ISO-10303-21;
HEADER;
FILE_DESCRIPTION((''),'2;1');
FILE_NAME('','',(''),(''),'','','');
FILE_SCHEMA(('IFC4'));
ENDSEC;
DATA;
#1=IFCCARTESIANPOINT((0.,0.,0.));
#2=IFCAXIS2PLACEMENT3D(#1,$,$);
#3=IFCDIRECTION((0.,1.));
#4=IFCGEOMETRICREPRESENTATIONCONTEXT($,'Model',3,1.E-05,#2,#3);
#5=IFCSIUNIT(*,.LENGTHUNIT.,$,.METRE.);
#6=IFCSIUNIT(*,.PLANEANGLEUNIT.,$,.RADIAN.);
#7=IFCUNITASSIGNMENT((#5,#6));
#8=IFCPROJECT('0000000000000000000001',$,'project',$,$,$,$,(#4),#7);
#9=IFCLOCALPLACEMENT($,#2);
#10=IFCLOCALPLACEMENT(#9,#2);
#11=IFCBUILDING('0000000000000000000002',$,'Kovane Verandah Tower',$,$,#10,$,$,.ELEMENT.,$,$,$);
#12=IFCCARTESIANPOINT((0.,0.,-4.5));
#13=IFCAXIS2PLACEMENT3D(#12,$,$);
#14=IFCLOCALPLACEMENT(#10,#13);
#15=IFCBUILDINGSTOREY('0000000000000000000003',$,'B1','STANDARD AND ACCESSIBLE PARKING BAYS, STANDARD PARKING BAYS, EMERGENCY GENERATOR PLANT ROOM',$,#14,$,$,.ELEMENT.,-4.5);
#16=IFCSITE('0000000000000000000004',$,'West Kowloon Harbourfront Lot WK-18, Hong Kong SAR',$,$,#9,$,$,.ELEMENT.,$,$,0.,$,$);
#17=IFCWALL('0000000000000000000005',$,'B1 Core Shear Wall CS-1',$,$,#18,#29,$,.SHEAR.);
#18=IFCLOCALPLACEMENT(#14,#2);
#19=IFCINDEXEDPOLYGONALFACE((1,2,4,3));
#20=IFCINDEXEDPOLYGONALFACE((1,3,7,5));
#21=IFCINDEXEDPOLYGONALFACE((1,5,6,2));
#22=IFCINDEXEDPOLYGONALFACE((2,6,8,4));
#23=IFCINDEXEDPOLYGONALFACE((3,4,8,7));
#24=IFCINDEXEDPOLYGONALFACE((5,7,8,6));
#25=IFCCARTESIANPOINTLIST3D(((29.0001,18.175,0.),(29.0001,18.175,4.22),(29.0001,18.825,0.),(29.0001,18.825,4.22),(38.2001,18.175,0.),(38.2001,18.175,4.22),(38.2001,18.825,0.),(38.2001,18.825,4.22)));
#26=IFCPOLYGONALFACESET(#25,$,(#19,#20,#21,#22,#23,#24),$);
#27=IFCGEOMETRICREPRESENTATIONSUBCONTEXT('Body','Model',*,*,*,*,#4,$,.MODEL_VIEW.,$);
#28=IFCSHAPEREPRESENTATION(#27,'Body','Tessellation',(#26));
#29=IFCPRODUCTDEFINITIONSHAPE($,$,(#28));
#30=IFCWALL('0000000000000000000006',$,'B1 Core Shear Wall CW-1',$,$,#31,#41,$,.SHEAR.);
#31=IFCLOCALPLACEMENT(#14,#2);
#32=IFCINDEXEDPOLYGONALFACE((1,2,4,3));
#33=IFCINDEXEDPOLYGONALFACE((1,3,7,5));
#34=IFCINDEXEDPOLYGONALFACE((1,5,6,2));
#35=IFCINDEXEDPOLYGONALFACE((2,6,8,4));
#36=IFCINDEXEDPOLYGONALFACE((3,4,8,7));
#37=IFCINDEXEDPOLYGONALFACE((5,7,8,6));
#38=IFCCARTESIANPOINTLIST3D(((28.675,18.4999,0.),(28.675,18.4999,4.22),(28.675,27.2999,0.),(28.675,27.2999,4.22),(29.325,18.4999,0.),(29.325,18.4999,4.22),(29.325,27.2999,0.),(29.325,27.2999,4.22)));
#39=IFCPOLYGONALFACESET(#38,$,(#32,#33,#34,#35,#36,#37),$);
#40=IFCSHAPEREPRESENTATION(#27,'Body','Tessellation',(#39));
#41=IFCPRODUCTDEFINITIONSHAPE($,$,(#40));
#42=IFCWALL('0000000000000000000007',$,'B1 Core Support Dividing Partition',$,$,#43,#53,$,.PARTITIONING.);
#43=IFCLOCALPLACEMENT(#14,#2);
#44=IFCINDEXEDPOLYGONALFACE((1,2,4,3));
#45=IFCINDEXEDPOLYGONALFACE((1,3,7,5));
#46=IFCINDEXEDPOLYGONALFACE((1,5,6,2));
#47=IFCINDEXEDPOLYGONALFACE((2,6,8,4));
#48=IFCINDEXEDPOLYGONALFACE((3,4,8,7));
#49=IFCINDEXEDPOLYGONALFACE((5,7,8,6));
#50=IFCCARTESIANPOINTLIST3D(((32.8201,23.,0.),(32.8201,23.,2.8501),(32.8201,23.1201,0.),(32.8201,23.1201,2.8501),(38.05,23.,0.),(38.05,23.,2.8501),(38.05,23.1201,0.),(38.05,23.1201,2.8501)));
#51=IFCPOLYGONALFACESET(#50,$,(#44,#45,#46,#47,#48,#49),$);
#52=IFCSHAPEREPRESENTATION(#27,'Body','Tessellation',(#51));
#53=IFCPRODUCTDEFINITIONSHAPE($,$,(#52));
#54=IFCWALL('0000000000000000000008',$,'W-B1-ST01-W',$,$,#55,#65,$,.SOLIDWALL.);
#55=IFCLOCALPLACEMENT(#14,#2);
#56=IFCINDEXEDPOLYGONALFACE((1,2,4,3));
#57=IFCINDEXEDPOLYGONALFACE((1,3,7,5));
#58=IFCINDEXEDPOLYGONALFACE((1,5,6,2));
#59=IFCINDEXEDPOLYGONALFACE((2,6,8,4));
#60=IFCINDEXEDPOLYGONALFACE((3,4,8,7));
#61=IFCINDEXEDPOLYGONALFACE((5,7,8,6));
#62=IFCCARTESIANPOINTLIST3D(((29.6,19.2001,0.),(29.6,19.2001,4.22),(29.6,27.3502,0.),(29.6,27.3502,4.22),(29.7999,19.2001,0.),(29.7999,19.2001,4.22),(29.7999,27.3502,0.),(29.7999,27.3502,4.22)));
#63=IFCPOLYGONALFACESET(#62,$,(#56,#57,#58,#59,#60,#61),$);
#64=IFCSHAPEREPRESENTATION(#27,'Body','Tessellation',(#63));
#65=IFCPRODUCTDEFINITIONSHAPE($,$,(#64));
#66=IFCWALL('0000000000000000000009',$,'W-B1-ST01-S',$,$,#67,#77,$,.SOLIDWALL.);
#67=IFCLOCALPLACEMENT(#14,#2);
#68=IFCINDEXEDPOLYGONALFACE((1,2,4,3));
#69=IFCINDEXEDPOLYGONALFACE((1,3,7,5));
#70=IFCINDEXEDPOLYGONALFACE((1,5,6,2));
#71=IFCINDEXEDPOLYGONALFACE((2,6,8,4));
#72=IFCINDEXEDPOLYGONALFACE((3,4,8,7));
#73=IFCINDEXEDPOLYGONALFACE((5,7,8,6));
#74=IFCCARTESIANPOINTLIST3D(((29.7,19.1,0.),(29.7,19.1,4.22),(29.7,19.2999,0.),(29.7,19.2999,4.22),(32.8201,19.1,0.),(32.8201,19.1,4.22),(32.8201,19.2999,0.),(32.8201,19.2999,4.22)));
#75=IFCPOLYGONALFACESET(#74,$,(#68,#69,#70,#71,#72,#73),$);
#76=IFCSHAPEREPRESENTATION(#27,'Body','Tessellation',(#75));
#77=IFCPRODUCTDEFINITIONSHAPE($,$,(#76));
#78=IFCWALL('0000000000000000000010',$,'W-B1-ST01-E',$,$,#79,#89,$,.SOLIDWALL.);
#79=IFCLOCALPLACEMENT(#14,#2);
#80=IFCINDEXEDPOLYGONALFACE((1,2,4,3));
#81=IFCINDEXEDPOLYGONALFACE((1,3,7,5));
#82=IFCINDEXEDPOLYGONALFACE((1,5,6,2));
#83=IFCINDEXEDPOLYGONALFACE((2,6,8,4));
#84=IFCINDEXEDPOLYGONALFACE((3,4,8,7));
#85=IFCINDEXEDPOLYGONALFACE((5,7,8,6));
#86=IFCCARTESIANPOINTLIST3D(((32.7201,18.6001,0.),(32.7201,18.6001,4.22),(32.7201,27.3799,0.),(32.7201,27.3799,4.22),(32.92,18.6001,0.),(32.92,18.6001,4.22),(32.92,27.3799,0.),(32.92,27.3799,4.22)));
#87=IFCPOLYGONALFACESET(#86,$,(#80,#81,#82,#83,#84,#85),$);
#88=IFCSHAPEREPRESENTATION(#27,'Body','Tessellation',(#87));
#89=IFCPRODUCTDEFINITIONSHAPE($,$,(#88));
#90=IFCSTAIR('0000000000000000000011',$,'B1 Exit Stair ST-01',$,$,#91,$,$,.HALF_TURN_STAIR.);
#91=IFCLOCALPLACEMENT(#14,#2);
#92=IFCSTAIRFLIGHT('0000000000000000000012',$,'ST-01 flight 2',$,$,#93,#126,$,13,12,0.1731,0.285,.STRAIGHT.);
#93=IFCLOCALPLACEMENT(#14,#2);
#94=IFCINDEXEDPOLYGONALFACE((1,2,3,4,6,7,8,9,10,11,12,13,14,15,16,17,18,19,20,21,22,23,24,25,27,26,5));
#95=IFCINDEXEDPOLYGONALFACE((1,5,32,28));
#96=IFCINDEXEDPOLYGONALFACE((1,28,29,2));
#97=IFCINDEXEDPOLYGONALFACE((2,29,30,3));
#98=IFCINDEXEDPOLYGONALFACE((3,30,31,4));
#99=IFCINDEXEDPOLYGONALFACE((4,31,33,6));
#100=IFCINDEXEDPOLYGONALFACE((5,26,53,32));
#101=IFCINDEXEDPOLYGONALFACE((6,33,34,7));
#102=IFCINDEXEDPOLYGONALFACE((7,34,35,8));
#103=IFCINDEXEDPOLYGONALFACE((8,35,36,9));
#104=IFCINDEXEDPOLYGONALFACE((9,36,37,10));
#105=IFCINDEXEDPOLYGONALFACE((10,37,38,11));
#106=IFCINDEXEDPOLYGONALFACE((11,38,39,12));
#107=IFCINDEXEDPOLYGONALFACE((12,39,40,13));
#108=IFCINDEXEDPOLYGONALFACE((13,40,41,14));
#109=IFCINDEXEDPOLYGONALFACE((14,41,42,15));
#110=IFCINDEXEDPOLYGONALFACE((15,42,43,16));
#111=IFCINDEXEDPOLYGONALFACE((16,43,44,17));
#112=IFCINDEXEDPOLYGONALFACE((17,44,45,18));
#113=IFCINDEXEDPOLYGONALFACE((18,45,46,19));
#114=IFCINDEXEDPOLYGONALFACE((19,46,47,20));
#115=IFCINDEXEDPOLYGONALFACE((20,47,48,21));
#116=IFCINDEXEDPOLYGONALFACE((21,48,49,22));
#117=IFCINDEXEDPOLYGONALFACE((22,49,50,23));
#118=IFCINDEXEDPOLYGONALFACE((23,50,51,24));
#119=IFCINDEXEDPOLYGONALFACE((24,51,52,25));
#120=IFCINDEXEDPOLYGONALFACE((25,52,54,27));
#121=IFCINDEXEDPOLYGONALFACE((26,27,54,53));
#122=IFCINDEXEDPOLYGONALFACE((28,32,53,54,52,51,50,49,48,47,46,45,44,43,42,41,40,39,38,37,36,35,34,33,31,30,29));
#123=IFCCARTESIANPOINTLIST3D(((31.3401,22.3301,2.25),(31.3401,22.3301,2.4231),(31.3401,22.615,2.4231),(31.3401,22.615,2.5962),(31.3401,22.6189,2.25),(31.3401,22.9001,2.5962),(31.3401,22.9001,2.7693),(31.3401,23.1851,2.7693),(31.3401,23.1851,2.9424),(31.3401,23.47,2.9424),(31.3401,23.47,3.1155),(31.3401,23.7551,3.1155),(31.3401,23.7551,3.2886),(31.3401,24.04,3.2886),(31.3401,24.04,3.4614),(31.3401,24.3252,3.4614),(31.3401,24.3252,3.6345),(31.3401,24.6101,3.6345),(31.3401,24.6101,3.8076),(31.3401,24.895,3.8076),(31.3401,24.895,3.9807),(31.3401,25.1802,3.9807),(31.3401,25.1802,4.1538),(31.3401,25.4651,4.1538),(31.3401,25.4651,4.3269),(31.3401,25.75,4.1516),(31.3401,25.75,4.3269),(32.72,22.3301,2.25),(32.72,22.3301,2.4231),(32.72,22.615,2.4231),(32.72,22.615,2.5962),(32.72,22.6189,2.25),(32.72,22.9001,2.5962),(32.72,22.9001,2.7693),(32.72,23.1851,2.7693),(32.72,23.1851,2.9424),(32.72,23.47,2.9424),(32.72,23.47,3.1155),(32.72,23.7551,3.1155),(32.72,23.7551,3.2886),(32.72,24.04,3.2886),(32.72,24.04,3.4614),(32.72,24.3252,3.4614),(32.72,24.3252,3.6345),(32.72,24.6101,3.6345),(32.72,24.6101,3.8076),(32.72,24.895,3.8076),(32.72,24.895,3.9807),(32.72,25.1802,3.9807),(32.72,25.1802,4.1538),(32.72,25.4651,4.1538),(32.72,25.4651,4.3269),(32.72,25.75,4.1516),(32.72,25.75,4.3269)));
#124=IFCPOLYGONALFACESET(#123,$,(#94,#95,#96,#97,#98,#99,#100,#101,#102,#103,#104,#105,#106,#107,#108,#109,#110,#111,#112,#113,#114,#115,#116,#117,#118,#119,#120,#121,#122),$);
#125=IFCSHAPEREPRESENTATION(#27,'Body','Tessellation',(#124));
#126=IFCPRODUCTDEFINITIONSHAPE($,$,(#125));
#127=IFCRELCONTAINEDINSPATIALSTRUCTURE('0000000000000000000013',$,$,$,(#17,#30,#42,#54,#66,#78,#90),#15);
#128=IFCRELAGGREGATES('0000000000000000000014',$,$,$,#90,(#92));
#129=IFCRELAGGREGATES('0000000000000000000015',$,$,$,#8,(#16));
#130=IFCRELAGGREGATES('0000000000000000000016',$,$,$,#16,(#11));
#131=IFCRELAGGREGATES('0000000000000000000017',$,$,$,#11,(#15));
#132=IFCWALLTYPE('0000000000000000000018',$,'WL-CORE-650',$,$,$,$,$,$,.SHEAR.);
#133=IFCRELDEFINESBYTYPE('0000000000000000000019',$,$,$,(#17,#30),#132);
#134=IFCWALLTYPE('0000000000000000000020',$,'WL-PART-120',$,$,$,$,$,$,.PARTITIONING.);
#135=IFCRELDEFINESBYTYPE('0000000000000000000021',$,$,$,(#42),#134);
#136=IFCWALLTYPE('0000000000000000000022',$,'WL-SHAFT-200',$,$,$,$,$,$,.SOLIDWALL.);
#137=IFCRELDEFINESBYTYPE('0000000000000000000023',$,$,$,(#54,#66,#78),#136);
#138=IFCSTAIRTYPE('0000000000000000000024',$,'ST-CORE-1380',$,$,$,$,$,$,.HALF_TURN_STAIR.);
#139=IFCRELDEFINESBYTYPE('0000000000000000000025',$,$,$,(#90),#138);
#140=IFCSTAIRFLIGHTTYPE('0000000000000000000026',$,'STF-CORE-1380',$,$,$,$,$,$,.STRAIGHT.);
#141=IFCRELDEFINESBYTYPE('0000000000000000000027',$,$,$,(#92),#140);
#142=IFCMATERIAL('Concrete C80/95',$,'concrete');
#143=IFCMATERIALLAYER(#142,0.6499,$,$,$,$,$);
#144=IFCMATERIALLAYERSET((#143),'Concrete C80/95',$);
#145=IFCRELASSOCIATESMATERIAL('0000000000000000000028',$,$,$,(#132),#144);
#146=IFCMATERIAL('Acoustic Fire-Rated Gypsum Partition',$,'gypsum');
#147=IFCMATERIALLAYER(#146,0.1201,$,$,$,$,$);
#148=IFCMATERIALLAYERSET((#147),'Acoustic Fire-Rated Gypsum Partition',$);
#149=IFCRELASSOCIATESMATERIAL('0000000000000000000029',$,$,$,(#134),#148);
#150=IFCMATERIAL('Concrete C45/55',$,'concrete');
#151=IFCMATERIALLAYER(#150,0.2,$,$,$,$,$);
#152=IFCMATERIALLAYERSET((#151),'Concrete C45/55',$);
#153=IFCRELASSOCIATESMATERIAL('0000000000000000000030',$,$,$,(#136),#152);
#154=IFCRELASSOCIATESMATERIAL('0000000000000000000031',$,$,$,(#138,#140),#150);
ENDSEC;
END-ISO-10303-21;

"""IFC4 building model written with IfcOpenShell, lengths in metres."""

from ifc_helpers import new_model, si_unit, direction, frame, frame_2d, origin, place, context, subcontext, project, spatial, polyline, rectangle, outline, extrude, material, layer, layer_set, type_object, element, aggregate, save


model = new_model("IFC4")

# Units and contexts
model_context = context("Model", 3, precision=1e-05, world=origin(), true_north=direction((0.0, 1.0)))
body_context = subcontext(model_context, "Body", "Model", "MODEL_VIEW")
ifc_project = project(units=[si_unit("LENGTHUNIT", "METRE"), si_unit("PLANEANGLEUNIT", "RADIAN")], contexts=[model_context])

# Site, building, storey
site_placement = place(None, origin())
site = spatial("IfcSite", under=ifc_project, at=site_placement, Name="West Kowloon Harbourfront Lot WK-18, Hong Kong SAR", CompositionType="ELEMENT", RefElevation=0.0)
building_placement = place(site_placement, origin())
building = spatial("IfcBuilding", under=site, at=building_placement, Name="Kovane Verandah Tower", CompositionType="ELEMENT")
storey_placement = place(building_placement, frame((0.0, 0.0, -4.5)))
storey = spatial("IfcBuildingStorey", under=building, at=storey_placement, Name="B1", Description="STANDARD AND ACCESSIBLE PARKING BAYS, STANDARD PARKING BAYS, EMERGENCY GENERATOR PLANT ROOM", CompositionType="ELEMENT", Elevation=-4.5)

# Shared definitions
ifc_material_1 = material(Name="Concrete C80/95", Category="concrete")

# Shared definitions
ifc_material_2 = material(Name="Concrete C45/55", Category="concrete")

# Walls
ifc_layer_1 = layer(ifc_material_1, 0.6499)
ifc_layer_set_1 = layer_set([ifc_layer_1], Name="Concrete C80/95")
wall_type_1 = type_object("IfcWallType", Name="WL-CORE-650", PredefinedType="SHEAR", material=ifc_layer_set_1)
wall_1_placement = place(storey_placement, frame((29.0, 18.5, 0.0), z_axis=(0.0, 0.0, 1.0), x_axis=(1.0, 0.0, 0.0)))
element("IfcWall", 1, at=wall_1_placement, inside=storey, type_object=wall_type_1, Name="B1 Core Shear Wall CS-1", PredefinedType="SHEAR", context=body_context, shape_type="SweptSolid", body=[
    extrude(rectangle(XDim=9.2, YDim=0.6499, at=frame_2d((4.6001, 0.0))), origin(), (0.0, 0.0, 1.0), 4.22),
])
wall_2_placement = place(storey_placement, frame((29.0, 18.5, 0.0), z_axis=(0.0, 0.0, 1.0), x_axis=(0.0, 1.0, 0.0)))
element("IfcWall", 2, at=wall_2_placement, inside=storey, type_object=wall_type_1, Name="B1 Core Shear Wall CW-1", PredefinedType="SHEAR", context=body_context, shape_type="SweptSolid", body=[
    extrude(rectangle(XDim=8.8, YDim=0.6499, at=frame_2d((4.3999, 0.0))), origin(), (0.0, 0.0, 1.0), 4.22),
])
ifc_material_3 = material(Name="Acoustic Fire-Rated Gypsum Partition", Category="gypsum")
ifc_layer_2 = layer(ifc_material_3, 0.1201)
ifc_layer_set_2 = layer_set([ifc_layer_2], Name="Acoustic Fire-Rated Gypsum Partition")
wall_type_2 = type_object("IfcWallType", Name="WL-PART-120", PredefinedType="PARTITIONING", material=ifc_layer_set_2)
wall_3_placement = place(storey_placement, frame((32.8201, 23.0601, 0.0), z_axis=(0.0, 0.0, 1.0), x_axis=(1.0, 0.0, 0.0)))
element("IfcWall", 3, at=wall_3_placement, inside=storey, type_object=wall_type_2, Name="B1 Core Support Dividing Partition", PredefinedType="PARTITIONING", context=body_context, shape_type="SweptSolid", body=[
    extrude(rectangle(XDim=5.23, YDim=0.1201, at=frame_2d((2.615, 0.0))), origin(), (0.0, 0.0, 1.0), 2.8501),
])
ifc_layer_3 = layer(ifc_material_2, 0.2)
ifc_layer_set_3 = layer_set([ifc_layer_3], Name="Concrete C45/55")
wall_type_3 = type_object("IfcWallType", Name="WL-SHAFT-200", PredefinedType="SOLIDWALL", material=ifc_layer_set_3)
wall_4_placement = place(storey_placement, frame((29.7, 19.2, 0.0), z_axis=(0.0, 0.0, 1.0), x_axis=(0.0, 1.0, 0.0)))
element("IfcWall", 4, at=wall_4_placement, inside=storey, type_object=wall_type_3, Name="W-B1-ST01-W", PredefinedType="SOLIDWALL", context=body_context, shape_type="SweptSolid", body=[
    extrude(rectangle(XDim=8.1501, YDim=0.2, at=frame_2d((4.0752, 0.0))), origin(), (0.0, 0.0, 1.0), 4.22),
])
wall_5_placement = place(storey_placement, frame((29.7, 19.2, 0.0), z_axis=(0.0, 0.0, 1.0), x_axis=(1.0, 0.0, 0.0)))
element("IfcWall", 5, at=wall_5_placement, inside=storey, type_object=wall_type_3, Name="W-B1-ST01-S", PredefinedType="SOLIDWALL", context=body_context, shape_type="SweptSolid", body=[
    extrude(rectangle(XDim=3.1201, YDim=0.2, at=frame_2d((1.5601, 0.0))), origin(), (0.0, 0.0, 1.0), 4.22),
])
wall_6_placement = place(storey_placement, frame((32.8201, 18.6001, 0.0), z_axis=(0.0, 0.0, 1.0), x_axis=(0.0, 1.0, 0.0)))
element("IfcWall", 6, at=wall_6_placement, inside=storey, type_object=wall_type_3, Name="W-B1-ST01-E", PredefinedType="SOLIDWALL", context=body_context, shape_type="SweptSolid", body=[
    extrude(rectangle(XDim=8.7798, YDim=0.2, at=frame_2d((4.3899, 0.0))), origin(), (0.0, 0.0, 1.0), 4.22),
])

# Stair, stair flight
stair_type = type_object("IfcStairType", Name="ST-CORE-1380", PredefinedType="HALF_TURN_STAIR", material=ifc_material_2)
stair_placement = place(storey_placement, origin())
stair = element("IfcStair", 7, at=stair_placement, inside=storey, type_object=stair_type, Name="B1 Exit Stair ST-01", PredefinedType="HALF_TURN_STAIR")
stair_flight_type = type_object("IfcStairFlightType", Name="STF-CORE-1380", PredefinedType="STRAIGHT", material=ifc_material_2)
stair_flight_placement = place(storey_placement, frame((32.03, 22.3301, 2.25), z_axis=(0.0, 0.0, 1.0), x_axis=(0.0, 1.0, 0.0)))
stair_flight = element("IfcStairFlight", 8, at=stair_flight_placement, type_object=stair_flight_type, Name="ST-01 flight 2", NumberOfRisers=13, NumberOfTreads=12, PredefinedType="STRAIGHT", RiserHeight=0.1731, TreadLength=0.285, context=body_context, shape_type="SweptSolid", body=[
    extrude(outline(polyline([(0.0, 0.0), (0.0, 0.1731), (0.2849, 0.1731), (0.2849, 0.3462), (0.5701, 0.3462), (0.5701, 0.5193), (0.855, 0.5193), (0.855, 0.6924), (1.1399, 0.6924), (1.1399, 0.8655), (1.425, 0.8655), (1.425, 1.0386), (1.71, 1.0386), (1.71, 1.2114), (1.9951, 1.2114), (1.9951, 1.3845), (2.28, 1.3845), (2.28, 1.5576), (2.5649, 1.5576), (2.5649, 1.7307), (2.8501, 1.7307), (2.8501, 1.9038), (3.135, 1.9038), (3.135, 2.0769), (3.4199, 2.0769), (3.4199, 2.25), (3.4199, 1.9016), (0.2888, 0.0), (0.0, 0.0)])), frame((0.0, 0.6899, 0.0), z_axis=(0.0, -1.0, 0.0), x_axis=(1.0, 0.0, 0.0)), (0.0, 0.0, 1.0), 1.3799),
])
aggregate(stair, [stair_flight])

save(model, "model.ifc")
